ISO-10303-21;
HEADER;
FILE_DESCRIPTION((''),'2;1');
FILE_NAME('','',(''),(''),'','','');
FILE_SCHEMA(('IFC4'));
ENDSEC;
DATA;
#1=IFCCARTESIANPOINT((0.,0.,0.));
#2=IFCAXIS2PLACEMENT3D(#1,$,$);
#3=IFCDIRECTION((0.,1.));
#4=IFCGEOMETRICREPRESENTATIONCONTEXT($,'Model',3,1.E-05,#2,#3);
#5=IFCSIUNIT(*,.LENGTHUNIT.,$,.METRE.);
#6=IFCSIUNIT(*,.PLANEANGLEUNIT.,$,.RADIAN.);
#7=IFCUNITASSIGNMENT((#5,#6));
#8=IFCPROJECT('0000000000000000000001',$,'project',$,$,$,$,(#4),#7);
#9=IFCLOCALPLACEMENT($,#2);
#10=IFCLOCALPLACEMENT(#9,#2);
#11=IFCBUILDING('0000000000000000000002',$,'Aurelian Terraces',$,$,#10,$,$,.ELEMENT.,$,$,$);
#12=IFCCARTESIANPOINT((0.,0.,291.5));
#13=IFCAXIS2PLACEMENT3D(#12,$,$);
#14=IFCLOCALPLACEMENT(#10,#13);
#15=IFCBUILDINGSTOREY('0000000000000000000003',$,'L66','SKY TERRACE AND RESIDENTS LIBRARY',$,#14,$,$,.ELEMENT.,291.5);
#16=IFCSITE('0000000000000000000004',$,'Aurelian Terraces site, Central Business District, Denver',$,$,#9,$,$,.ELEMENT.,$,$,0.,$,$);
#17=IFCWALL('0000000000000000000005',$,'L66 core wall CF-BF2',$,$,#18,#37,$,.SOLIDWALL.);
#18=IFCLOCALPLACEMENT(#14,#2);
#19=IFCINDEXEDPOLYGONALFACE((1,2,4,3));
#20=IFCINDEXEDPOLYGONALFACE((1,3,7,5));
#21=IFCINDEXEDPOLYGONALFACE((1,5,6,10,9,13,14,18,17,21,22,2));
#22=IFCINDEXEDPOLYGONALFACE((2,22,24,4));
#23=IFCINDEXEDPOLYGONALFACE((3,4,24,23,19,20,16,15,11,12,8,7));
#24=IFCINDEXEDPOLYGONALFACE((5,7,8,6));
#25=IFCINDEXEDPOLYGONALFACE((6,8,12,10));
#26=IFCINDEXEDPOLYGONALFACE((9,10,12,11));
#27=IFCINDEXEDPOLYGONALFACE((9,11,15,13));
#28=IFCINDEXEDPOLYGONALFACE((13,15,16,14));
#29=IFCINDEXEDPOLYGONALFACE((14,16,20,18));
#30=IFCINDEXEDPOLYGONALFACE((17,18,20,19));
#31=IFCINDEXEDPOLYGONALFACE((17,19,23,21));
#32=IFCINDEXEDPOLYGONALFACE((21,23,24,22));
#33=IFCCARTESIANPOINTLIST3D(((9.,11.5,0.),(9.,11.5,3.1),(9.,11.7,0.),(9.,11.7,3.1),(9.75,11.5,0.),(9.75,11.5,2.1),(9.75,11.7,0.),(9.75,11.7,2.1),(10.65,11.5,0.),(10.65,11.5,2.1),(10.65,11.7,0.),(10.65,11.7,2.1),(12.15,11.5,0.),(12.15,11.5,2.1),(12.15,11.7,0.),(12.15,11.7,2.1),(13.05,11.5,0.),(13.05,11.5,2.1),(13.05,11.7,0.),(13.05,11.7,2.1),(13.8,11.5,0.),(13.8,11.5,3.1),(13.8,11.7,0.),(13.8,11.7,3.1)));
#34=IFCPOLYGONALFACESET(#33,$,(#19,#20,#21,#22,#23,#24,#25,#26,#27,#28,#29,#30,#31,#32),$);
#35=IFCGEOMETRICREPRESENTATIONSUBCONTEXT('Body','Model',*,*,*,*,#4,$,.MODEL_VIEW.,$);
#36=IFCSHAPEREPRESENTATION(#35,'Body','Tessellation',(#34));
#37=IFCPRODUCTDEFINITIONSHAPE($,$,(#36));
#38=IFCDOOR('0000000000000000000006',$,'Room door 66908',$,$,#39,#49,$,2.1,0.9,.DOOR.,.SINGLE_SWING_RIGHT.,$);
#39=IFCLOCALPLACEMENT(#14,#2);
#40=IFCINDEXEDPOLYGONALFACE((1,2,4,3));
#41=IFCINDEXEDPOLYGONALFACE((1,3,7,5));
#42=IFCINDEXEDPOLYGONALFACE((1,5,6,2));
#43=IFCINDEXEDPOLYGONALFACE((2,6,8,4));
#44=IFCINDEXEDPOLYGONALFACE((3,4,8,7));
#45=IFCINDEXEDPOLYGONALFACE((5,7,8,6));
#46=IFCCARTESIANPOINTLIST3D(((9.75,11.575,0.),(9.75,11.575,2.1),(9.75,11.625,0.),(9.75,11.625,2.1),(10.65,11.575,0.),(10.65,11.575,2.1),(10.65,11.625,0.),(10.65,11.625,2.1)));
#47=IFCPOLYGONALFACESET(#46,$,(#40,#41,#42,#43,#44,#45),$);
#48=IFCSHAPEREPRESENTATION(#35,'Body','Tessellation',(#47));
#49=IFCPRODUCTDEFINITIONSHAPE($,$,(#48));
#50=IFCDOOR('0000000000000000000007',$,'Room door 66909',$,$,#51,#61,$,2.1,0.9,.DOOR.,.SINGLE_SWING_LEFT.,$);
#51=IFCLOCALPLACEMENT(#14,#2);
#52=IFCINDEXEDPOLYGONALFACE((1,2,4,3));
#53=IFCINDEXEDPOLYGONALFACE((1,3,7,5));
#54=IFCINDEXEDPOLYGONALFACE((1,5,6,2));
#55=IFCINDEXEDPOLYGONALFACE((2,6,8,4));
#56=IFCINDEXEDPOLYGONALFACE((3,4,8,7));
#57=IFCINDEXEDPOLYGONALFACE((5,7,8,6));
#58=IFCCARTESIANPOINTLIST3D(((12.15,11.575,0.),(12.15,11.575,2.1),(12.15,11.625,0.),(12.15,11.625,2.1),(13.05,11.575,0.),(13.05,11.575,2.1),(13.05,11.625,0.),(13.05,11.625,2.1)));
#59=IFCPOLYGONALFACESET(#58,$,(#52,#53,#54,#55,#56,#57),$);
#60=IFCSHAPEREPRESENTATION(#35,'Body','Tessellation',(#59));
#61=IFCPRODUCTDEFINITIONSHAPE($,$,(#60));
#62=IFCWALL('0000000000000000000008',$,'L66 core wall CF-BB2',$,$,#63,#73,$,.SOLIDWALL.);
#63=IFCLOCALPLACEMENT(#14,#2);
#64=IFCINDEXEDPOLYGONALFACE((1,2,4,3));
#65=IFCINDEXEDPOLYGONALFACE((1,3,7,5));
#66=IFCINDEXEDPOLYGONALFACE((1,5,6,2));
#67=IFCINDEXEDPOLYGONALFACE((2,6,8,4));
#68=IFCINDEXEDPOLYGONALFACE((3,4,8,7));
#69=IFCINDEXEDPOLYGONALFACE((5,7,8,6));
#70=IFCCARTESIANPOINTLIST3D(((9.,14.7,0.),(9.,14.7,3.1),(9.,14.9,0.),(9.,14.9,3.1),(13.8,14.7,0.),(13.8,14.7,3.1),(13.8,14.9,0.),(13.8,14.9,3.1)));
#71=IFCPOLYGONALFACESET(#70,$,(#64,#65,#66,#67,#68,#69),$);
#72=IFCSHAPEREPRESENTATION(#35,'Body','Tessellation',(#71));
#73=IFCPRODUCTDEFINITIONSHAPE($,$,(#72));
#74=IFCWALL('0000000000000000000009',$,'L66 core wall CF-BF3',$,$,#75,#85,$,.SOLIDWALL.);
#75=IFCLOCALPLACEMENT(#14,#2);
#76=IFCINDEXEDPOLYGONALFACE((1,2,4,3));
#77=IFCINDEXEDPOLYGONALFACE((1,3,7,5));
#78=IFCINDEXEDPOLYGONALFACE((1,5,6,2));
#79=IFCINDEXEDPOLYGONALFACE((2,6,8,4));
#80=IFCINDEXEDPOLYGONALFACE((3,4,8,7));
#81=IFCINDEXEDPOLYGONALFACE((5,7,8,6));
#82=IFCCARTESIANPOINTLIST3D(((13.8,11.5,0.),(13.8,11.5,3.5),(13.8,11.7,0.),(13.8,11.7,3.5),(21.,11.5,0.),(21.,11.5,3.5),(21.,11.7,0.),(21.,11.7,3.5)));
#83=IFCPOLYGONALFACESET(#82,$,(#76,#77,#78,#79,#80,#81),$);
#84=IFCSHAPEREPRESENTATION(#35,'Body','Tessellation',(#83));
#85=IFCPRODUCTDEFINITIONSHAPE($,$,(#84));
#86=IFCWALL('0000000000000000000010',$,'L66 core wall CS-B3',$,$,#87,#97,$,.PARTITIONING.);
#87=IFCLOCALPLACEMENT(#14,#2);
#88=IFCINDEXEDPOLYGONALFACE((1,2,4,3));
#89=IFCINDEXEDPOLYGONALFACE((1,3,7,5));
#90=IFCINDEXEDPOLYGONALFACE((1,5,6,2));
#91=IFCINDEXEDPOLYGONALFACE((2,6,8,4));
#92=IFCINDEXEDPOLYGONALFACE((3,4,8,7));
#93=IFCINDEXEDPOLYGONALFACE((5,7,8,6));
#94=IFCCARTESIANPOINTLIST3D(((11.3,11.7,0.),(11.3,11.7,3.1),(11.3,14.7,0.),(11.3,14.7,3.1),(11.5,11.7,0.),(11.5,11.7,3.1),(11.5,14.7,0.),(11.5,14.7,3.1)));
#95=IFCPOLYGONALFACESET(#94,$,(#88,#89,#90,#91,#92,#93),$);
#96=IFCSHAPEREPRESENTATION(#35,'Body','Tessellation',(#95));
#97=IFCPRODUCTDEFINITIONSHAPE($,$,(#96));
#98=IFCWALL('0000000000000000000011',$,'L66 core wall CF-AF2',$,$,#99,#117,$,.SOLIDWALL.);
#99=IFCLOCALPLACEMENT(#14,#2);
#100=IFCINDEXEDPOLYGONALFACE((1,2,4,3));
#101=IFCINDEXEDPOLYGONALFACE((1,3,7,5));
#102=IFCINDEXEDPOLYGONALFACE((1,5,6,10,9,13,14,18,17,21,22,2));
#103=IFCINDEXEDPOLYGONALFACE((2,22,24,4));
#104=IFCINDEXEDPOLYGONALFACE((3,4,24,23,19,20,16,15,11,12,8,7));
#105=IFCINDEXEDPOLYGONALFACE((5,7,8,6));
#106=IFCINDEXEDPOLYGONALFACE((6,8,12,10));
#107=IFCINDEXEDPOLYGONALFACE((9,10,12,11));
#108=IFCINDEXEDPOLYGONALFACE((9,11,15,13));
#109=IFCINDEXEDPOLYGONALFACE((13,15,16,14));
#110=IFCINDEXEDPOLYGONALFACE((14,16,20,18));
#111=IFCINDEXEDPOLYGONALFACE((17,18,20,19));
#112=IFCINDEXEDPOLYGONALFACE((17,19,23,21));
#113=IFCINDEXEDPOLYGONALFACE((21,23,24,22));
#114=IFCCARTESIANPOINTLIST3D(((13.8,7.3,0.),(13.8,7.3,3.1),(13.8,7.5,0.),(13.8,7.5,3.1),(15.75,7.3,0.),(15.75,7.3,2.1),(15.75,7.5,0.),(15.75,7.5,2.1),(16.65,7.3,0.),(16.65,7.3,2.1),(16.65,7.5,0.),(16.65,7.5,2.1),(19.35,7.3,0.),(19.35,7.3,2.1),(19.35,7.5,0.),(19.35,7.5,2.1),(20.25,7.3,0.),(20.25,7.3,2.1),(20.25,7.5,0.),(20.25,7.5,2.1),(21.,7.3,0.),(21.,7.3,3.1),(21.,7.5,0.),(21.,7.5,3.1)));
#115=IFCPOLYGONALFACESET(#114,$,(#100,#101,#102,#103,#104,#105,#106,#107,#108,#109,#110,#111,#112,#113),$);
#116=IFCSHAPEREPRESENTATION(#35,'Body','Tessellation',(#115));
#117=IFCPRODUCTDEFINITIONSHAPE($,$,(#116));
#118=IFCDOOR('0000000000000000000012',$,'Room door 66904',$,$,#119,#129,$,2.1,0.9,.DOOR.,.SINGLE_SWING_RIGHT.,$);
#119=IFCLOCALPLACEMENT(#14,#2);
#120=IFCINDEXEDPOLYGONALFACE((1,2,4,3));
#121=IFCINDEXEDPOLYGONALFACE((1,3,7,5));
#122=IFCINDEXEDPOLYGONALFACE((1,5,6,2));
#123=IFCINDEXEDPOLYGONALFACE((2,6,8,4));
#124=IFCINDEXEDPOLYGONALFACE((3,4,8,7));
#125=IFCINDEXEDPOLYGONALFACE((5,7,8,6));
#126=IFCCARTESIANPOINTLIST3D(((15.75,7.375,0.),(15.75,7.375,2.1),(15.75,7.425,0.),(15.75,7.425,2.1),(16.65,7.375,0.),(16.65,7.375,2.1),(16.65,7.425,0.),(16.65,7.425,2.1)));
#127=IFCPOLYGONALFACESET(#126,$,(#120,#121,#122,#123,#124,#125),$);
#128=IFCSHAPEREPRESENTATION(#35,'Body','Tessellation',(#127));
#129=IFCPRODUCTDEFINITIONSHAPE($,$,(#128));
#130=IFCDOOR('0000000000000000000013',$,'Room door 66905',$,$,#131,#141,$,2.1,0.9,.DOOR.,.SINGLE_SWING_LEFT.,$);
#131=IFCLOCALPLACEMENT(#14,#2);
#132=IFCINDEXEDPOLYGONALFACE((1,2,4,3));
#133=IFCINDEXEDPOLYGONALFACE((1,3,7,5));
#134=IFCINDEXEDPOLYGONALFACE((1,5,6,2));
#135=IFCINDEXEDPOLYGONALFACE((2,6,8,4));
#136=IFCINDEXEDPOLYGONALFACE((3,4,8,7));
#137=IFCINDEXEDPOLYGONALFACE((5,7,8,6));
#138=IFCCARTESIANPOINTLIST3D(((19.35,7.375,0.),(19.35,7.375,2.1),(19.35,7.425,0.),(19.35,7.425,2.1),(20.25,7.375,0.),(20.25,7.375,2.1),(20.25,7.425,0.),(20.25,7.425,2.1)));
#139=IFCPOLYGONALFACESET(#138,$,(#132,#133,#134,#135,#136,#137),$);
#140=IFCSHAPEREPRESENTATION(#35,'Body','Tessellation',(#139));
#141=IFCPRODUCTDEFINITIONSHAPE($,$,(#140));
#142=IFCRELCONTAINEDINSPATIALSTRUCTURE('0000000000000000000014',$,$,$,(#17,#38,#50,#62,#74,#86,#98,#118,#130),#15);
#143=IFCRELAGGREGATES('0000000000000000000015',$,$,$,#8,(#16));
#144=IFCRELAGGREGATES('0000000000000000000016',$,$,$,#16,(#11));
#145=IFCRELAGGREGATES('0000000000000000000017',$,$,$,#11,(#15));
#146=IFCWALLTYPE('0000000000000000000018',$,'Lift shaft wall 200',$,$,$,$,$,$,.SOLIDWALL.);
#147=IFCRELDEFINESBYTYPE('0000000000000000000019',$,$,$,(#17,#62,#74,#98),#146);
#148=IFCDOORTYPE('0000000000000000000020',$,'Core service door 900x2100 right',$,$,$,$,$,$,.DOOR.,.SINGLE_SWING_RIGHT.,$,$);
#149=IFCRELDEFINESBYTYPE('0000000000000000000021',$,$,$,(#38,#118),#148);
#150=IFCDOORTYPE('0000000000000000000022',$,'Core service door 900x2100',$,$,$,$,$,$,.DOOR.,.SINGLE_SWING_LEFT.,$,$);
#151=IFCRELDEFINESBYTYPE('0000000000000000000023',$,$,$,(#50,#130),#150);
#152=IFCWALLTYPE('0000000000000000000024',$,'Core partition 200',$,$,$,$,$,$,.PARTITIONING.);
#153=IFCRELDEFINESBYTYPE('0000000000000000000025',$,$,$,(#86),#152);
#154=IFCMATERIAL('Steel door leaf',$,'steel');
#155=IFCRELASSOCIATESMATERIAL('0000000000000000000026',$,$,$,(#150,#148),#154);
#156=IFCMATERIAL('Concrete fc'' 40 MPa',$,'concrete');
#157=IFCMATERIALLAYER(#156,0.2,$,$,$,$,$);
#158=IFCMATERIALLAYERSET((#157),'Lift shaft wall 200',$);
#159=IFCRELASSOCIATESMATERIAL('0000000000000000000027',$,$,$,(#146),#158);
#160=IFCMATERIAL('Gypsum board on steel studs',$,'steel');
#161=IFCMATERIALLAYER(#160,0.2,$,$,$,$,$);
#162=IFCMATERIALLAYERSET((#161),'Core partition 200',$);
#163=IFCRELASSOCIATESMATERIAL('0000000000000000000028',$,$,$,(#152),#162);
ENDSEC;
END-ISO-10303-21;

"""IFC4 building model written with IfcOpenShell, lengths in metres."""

from ifc_helpers import new_model, si_unit, direction, frame, frame_2d, origin, place, context, subcontext, project, spatial, rectangle, extrude, source, transform, mapped, material, layer, layer_set, type_object, element, fill, save


model = new_model("IFC4")

# Units and contexts
model_context = context("Model", 3, precision=1e-05, world=origin(), true_north=direction((0.0, 1.0)))
body_context = subcontext(model_context, "Body", "Model", "MODEL_VIEW")
ifc_project = project(units=[si_unit("LENGTHUNIT", "METRE"), si_unit("PLANEANGLEUNIT", "RADIAN")], contexts=[model_context])

# Site, building, storey
site_placement = place(None, origin())
site = spatial("IfcSite", under=ifc_project, at=site_placement, Name="Aurelian Terraces site, Central Business District, Denver", CompositionType="ELEMENT", RefElevation=0.0)
building_placement = place(site_placement, origin())
building = spatial("IfcBuilding", under=site, at=building_placement, Name="Aurelian Terraces", CompositionType="ELEMENT")
storey_placement = place(building_placement, frame((0.0, 0.0, 291.5)))
storey = spatial("IfcBuildingStorey", under=building, at=storey_placement, Name="L66", Description="SKY TERRACE AND RESIDENTS LIBRARY", CompositionType="ELEMENT", Elevation=291.5)

# Shared definitions
ifc_material_1 = material(Name="Gypsum board on steel studs", Category="steel")
ifc_material_2 = material(Name="Steel door leaf", Category="steel")
door_type_1 = type_object("IfcDoorType", Name="Core service door 900x2100", OperationType="SINGLE_SWING_LEFT", PredefinedType="DOOR", material=ifc_material_2)
shared_shape_1 = source(origin(), body_context, "Body", "SweptSolid", [
    extrude(rectangle(XDim=0.9, YDim=2.1, at=frame_2d((0.45, 1.05))), frame((0.0, 0.025, 0.0), z_axis=(0.0, -1.0, 0.0), x_axis=(1.0, 0.0, 0.0)), (0.0, 0.0, 1.0), 0.05),
])
door_type_2 = type_object("IfcDoorType", Name="Core service door 900x2100 right", OperationType="SINGLE_SWING_RIGHT", PredefinedType="DOOR", material=ifc_material_2)

# Shared definitions
ifc_material_3 = material(Name="Concrete fc' 40 MPa", Category="concrete")
ifc_layer_1 = layer(ifc_material_3, 0.2)
ifc_layer_set_1 = layer_set([ifc_layer_1], Name="Lift shaft wall 200")
wall_type_1 = type_object("IfcWallType", Name="Lift shaft wall 200", PredefinedType="SOLIDWALL", material=ifc_layer_set_1)

# Wall, openings, doors
shared_shape_2 = source(origin(), body_context, "Body", "SweptSolid", [
    extrude(rectangle(XDim=4.8, YDim=0.2, at=frame_2d((2.4, 0.0))), origin(), (0.0, 0.0, 1.0), 3.1),
])
wall_1_placement = place(storey_placement, frame((9.0, 11.6, 0.0), z_axis=(0.0, 0.0, 1.0), x_axis=(1.0, 0.0, 0.0)))
wall_1 = element("IfcWall", 1, at=wall_1_placement, inside=storey, type_object=wall_type_1, Name="L66 core wall CF-BF2", PredefinedType="SOLIDWALL", context=body_context, shape_type="MappedRepresentation", body=[
    mapped(shared_shape_2, transform((0.0, 0.0, 0.0), scale=1.0)),
])
shared_shape_3 = source(origin(), body_context, "Body", "SweptSolid", [
    extrude(rectangle(XDim=0.9, YDim=2.1, at=frame_2d((0.45, 1.05))), frame((0.0, 0.11, 0.0), z_axis=(0.0, -1.0, 0.0), x_axis=(1.0, 0.0, 0.0)), (0.0, 0.0, 1.0), 0.22),
])
opening_1_placement = place(wall_1_placement, frame((0.75, 0.0, 0.0)))
opening_1 = element("IfcOpeningElement", 2, at=opening_1_placement, cuts=wall_1, PredefinedType="OPENING", context=body_context, shape_type="MappedRepresentation", body=[
    mapped(shared_shape_3, transform((0.0, 0.0, 0.0), scale=1.0)),
])
opening_2_placement = place(wall_1_placement, frame((3.15, 0.0, 0.0)))
opening_2 = element("IfcOpeningElement", 3, at=opening_2_placement, cuts=wall_1, PredefinedType="OPENING", context=body_context, shape_type="MappedRepresentation", body=[
    mapped(shared_shape_3, transform((0.0, 0.0, 0.0), scale=1.0)),
])
door_1_placement = place(opening_1_placement, origin())
door_1 = element("IfcDoor", 4, at=door_1_placement, inside=storey, type_object=door_type_2, Name="Room door 66908", OperationType="SINGLE_SWING_RIGHT", OverallHeight=2.1, OverallWidth=0.9, PredefinedType="DOOR", context=body_context, shape_type="MappedRepresentation", body=[
    mapped(shared_shape_1, transform((0.0, 0.0, 0.0), scale=1.0)),
])
fill(opening_1, door_1)
door_2_placement = place(opening_2_placement, origin())
door_2 = element("IfcDoor", 5, at=door_2_placement, inside=storey, type_object=door_type_1, Name="Room door 66909", OperationType="SINGLE_SWING_LEFT", OverallHeight=2.1, OverallWidth=0.9, PredefinedType="DOOR", context=body_context, shape_type="MappedRepresentation", body=[
    mapped(shared_shape_1, transform((0.0, 0.0, 0.0), scale=1.0)),
])
fill(opening_2, door_2)

# Walls
wall_2_placement = place(storey_placement, frame((9.0, 14.8, 0.0), z_axis=(0.0, 0.0, 1.0), x_axis=(1.0, 0.0, 0.0)))
element("IfcWall", 6, at=wall_2_placement, inside=storey, type_object=wall_type_1, Name="L66 core wall CF-BB2", PredefinedType="SOLIDWALL", context=body_context, shape_type="MappedRepresentation", body=[
    mapped(shared_shape_2, transform((0.0, 0.0, 0.0), scale=1.0)),
])
shared_shape_4 = source(origin(), body_context, "Body", "SweptSolid", [
    extrude(rectangle(XDim=7.2, YDim=0.2, at=frame_2d((3.6, 0.0))), origin(), (0.0, 0.0, 1.0), 3.5),
])
wall_3_placement = place(storey_placement, frame((13.8, 11.6, 0.0), z_axis=(0.0, 0.0, 1.0), x_axis=(1.0, 0.0, 0.0)))
element("IfcWall", 7, at=wall_3_placement, inside=storey, type_object=wall_type_1, Name="L66 core wall CF-BF3", PredefinedType="SOLIDWALL", context=body_context, shape_type="MappedRepresentation", body=[
    mapped(shared_shape_4, transform((0.0, 0.0, 0.0), scale=1.0)),
])
ifc_layer_2 = layer(ifc_material_1, 0.2)
ifc_layer_set_2 = layer_set([ifc_layer_2], Name="Core partition 200")
wall_type_2 = type_object("IfcWallType", Name="Core partition 200", PredefinedType="PARTITIONING", material=ifc_layer_set_2)
shared_shape_5 = source(origin(), body_context, "Body", "SweptSolid", [
    extrude(rectangle(XDim=3.0, YDim=0.2, at=frame_2d((1.5, 0.0))), origin(), (0.0, 0.0, 1.0), 3.1),
])
wall_4_placement = place(storey_placement, frame((11.4, 11.7, 0.0), z_axis=(0.0, 0.0, 1.0), x_axis=(0.0, 1.0, 0.0)))
element("IfcWall", 8, at=wall_4_placement, inside=storey, type_object=wall_type_2, Name="L66 core wall CS-B3", PredefinedType="PARTITIONING", context=body_context, shape_type="MappedRepresentation", body=[
    mapped(shared_shape_5, transform((0.0, 0.0, 0.0), scale=1.0)),
])

# Wall, openings, doors
shared_shape_6 = source(origin(), body_context, "Body", "SweptSolid", [
    extrude(rectangle(XDim=7.2, YDim=0.2, at=frame_2d((3.6, 0.0))), origin(), (0.0, 0.0, 1.0), 3.1),
])
wall_5_placement = place(storey_placement, frame((13.8, 7.4, 0.0), z_axis=(0.0, 0.0, 1.0), x_axis=(1.0, 0.0, 0.0)))
wall_5 = element("IfcWall", 9, at=wall_5_placement, inside=storey, type_object=wall_type_1, Name="L66 core wall CF-AF2", PredefinedType="SOLIDWALL", context=body_context, shape_type="MappedRepresentation", body=[
    mapped(shared_shape_6, transform((0.0, 0.0, 0.0), scale=1.0)),
])
opening_3_placement = place(wall_5_placement, frame((1.95, 0.0, 0.0)))
opening_3 = element("IfcOpeningElement", 10, at=opening_3_placement, cuts=wall_5, PredefinedType="OPENING", context=body_context, shape_type="MappedRepresentation", body=[
    mapped(shared_shape_3, transform((0.0, 0.0, 0.0), scale=1.0)),
])
opening_4_placement = place(wall_5_placement, frame((5.55, 0.0, 0.0)))
opening_4 = element("IfcOpeningElement", 11, at=opening_4_placement, cuts=wall_5, PredefinedType="OPENING", context=body_context, shape_type="MappedRepresentation", body=[
    mapped(shared_shape_3, transform((0.0, 0.0, 0.0), scale=1.0)),
])
door_3_placement = place(opening_3_placement, origin())
door_3 = element("IfcDoor", 12, at=door_3_placement, inside=storey, type_object=door_type_2, Name="Room door 66904", OperationType="SINGLE_SWING_RIGHT", OverallHeight=2.1, OverallWidth=0.9, PredefinedType="DOOR", context=body_context, shape_type="MappedRepresentation", body=[
    mapped(shared_shape_1, transform((0.0, 0.0, 0.0), scale=1.0)),
])
fill(opening_3, door_3)
door_4_placement = place(opening_4_placement, origin())
door_4 = element("IfcDoor", 13, at=door_4_placement, inside=storey, type_object=door_type_1, Name="Room door 66905", OperationType="SINGLE_SWING_LEFT", OverallHeight=2.1, OverallWidth=0.9, PredefinedType="DOOR", context=body_context, shape_type="MappedRepresentation", body=[
    mapped(shared_shape_1, transform((0.0, 0.0, 0.0), scale=1.0)),
])
fill(opening_4, door_4)

save(model, "model.ifc")
